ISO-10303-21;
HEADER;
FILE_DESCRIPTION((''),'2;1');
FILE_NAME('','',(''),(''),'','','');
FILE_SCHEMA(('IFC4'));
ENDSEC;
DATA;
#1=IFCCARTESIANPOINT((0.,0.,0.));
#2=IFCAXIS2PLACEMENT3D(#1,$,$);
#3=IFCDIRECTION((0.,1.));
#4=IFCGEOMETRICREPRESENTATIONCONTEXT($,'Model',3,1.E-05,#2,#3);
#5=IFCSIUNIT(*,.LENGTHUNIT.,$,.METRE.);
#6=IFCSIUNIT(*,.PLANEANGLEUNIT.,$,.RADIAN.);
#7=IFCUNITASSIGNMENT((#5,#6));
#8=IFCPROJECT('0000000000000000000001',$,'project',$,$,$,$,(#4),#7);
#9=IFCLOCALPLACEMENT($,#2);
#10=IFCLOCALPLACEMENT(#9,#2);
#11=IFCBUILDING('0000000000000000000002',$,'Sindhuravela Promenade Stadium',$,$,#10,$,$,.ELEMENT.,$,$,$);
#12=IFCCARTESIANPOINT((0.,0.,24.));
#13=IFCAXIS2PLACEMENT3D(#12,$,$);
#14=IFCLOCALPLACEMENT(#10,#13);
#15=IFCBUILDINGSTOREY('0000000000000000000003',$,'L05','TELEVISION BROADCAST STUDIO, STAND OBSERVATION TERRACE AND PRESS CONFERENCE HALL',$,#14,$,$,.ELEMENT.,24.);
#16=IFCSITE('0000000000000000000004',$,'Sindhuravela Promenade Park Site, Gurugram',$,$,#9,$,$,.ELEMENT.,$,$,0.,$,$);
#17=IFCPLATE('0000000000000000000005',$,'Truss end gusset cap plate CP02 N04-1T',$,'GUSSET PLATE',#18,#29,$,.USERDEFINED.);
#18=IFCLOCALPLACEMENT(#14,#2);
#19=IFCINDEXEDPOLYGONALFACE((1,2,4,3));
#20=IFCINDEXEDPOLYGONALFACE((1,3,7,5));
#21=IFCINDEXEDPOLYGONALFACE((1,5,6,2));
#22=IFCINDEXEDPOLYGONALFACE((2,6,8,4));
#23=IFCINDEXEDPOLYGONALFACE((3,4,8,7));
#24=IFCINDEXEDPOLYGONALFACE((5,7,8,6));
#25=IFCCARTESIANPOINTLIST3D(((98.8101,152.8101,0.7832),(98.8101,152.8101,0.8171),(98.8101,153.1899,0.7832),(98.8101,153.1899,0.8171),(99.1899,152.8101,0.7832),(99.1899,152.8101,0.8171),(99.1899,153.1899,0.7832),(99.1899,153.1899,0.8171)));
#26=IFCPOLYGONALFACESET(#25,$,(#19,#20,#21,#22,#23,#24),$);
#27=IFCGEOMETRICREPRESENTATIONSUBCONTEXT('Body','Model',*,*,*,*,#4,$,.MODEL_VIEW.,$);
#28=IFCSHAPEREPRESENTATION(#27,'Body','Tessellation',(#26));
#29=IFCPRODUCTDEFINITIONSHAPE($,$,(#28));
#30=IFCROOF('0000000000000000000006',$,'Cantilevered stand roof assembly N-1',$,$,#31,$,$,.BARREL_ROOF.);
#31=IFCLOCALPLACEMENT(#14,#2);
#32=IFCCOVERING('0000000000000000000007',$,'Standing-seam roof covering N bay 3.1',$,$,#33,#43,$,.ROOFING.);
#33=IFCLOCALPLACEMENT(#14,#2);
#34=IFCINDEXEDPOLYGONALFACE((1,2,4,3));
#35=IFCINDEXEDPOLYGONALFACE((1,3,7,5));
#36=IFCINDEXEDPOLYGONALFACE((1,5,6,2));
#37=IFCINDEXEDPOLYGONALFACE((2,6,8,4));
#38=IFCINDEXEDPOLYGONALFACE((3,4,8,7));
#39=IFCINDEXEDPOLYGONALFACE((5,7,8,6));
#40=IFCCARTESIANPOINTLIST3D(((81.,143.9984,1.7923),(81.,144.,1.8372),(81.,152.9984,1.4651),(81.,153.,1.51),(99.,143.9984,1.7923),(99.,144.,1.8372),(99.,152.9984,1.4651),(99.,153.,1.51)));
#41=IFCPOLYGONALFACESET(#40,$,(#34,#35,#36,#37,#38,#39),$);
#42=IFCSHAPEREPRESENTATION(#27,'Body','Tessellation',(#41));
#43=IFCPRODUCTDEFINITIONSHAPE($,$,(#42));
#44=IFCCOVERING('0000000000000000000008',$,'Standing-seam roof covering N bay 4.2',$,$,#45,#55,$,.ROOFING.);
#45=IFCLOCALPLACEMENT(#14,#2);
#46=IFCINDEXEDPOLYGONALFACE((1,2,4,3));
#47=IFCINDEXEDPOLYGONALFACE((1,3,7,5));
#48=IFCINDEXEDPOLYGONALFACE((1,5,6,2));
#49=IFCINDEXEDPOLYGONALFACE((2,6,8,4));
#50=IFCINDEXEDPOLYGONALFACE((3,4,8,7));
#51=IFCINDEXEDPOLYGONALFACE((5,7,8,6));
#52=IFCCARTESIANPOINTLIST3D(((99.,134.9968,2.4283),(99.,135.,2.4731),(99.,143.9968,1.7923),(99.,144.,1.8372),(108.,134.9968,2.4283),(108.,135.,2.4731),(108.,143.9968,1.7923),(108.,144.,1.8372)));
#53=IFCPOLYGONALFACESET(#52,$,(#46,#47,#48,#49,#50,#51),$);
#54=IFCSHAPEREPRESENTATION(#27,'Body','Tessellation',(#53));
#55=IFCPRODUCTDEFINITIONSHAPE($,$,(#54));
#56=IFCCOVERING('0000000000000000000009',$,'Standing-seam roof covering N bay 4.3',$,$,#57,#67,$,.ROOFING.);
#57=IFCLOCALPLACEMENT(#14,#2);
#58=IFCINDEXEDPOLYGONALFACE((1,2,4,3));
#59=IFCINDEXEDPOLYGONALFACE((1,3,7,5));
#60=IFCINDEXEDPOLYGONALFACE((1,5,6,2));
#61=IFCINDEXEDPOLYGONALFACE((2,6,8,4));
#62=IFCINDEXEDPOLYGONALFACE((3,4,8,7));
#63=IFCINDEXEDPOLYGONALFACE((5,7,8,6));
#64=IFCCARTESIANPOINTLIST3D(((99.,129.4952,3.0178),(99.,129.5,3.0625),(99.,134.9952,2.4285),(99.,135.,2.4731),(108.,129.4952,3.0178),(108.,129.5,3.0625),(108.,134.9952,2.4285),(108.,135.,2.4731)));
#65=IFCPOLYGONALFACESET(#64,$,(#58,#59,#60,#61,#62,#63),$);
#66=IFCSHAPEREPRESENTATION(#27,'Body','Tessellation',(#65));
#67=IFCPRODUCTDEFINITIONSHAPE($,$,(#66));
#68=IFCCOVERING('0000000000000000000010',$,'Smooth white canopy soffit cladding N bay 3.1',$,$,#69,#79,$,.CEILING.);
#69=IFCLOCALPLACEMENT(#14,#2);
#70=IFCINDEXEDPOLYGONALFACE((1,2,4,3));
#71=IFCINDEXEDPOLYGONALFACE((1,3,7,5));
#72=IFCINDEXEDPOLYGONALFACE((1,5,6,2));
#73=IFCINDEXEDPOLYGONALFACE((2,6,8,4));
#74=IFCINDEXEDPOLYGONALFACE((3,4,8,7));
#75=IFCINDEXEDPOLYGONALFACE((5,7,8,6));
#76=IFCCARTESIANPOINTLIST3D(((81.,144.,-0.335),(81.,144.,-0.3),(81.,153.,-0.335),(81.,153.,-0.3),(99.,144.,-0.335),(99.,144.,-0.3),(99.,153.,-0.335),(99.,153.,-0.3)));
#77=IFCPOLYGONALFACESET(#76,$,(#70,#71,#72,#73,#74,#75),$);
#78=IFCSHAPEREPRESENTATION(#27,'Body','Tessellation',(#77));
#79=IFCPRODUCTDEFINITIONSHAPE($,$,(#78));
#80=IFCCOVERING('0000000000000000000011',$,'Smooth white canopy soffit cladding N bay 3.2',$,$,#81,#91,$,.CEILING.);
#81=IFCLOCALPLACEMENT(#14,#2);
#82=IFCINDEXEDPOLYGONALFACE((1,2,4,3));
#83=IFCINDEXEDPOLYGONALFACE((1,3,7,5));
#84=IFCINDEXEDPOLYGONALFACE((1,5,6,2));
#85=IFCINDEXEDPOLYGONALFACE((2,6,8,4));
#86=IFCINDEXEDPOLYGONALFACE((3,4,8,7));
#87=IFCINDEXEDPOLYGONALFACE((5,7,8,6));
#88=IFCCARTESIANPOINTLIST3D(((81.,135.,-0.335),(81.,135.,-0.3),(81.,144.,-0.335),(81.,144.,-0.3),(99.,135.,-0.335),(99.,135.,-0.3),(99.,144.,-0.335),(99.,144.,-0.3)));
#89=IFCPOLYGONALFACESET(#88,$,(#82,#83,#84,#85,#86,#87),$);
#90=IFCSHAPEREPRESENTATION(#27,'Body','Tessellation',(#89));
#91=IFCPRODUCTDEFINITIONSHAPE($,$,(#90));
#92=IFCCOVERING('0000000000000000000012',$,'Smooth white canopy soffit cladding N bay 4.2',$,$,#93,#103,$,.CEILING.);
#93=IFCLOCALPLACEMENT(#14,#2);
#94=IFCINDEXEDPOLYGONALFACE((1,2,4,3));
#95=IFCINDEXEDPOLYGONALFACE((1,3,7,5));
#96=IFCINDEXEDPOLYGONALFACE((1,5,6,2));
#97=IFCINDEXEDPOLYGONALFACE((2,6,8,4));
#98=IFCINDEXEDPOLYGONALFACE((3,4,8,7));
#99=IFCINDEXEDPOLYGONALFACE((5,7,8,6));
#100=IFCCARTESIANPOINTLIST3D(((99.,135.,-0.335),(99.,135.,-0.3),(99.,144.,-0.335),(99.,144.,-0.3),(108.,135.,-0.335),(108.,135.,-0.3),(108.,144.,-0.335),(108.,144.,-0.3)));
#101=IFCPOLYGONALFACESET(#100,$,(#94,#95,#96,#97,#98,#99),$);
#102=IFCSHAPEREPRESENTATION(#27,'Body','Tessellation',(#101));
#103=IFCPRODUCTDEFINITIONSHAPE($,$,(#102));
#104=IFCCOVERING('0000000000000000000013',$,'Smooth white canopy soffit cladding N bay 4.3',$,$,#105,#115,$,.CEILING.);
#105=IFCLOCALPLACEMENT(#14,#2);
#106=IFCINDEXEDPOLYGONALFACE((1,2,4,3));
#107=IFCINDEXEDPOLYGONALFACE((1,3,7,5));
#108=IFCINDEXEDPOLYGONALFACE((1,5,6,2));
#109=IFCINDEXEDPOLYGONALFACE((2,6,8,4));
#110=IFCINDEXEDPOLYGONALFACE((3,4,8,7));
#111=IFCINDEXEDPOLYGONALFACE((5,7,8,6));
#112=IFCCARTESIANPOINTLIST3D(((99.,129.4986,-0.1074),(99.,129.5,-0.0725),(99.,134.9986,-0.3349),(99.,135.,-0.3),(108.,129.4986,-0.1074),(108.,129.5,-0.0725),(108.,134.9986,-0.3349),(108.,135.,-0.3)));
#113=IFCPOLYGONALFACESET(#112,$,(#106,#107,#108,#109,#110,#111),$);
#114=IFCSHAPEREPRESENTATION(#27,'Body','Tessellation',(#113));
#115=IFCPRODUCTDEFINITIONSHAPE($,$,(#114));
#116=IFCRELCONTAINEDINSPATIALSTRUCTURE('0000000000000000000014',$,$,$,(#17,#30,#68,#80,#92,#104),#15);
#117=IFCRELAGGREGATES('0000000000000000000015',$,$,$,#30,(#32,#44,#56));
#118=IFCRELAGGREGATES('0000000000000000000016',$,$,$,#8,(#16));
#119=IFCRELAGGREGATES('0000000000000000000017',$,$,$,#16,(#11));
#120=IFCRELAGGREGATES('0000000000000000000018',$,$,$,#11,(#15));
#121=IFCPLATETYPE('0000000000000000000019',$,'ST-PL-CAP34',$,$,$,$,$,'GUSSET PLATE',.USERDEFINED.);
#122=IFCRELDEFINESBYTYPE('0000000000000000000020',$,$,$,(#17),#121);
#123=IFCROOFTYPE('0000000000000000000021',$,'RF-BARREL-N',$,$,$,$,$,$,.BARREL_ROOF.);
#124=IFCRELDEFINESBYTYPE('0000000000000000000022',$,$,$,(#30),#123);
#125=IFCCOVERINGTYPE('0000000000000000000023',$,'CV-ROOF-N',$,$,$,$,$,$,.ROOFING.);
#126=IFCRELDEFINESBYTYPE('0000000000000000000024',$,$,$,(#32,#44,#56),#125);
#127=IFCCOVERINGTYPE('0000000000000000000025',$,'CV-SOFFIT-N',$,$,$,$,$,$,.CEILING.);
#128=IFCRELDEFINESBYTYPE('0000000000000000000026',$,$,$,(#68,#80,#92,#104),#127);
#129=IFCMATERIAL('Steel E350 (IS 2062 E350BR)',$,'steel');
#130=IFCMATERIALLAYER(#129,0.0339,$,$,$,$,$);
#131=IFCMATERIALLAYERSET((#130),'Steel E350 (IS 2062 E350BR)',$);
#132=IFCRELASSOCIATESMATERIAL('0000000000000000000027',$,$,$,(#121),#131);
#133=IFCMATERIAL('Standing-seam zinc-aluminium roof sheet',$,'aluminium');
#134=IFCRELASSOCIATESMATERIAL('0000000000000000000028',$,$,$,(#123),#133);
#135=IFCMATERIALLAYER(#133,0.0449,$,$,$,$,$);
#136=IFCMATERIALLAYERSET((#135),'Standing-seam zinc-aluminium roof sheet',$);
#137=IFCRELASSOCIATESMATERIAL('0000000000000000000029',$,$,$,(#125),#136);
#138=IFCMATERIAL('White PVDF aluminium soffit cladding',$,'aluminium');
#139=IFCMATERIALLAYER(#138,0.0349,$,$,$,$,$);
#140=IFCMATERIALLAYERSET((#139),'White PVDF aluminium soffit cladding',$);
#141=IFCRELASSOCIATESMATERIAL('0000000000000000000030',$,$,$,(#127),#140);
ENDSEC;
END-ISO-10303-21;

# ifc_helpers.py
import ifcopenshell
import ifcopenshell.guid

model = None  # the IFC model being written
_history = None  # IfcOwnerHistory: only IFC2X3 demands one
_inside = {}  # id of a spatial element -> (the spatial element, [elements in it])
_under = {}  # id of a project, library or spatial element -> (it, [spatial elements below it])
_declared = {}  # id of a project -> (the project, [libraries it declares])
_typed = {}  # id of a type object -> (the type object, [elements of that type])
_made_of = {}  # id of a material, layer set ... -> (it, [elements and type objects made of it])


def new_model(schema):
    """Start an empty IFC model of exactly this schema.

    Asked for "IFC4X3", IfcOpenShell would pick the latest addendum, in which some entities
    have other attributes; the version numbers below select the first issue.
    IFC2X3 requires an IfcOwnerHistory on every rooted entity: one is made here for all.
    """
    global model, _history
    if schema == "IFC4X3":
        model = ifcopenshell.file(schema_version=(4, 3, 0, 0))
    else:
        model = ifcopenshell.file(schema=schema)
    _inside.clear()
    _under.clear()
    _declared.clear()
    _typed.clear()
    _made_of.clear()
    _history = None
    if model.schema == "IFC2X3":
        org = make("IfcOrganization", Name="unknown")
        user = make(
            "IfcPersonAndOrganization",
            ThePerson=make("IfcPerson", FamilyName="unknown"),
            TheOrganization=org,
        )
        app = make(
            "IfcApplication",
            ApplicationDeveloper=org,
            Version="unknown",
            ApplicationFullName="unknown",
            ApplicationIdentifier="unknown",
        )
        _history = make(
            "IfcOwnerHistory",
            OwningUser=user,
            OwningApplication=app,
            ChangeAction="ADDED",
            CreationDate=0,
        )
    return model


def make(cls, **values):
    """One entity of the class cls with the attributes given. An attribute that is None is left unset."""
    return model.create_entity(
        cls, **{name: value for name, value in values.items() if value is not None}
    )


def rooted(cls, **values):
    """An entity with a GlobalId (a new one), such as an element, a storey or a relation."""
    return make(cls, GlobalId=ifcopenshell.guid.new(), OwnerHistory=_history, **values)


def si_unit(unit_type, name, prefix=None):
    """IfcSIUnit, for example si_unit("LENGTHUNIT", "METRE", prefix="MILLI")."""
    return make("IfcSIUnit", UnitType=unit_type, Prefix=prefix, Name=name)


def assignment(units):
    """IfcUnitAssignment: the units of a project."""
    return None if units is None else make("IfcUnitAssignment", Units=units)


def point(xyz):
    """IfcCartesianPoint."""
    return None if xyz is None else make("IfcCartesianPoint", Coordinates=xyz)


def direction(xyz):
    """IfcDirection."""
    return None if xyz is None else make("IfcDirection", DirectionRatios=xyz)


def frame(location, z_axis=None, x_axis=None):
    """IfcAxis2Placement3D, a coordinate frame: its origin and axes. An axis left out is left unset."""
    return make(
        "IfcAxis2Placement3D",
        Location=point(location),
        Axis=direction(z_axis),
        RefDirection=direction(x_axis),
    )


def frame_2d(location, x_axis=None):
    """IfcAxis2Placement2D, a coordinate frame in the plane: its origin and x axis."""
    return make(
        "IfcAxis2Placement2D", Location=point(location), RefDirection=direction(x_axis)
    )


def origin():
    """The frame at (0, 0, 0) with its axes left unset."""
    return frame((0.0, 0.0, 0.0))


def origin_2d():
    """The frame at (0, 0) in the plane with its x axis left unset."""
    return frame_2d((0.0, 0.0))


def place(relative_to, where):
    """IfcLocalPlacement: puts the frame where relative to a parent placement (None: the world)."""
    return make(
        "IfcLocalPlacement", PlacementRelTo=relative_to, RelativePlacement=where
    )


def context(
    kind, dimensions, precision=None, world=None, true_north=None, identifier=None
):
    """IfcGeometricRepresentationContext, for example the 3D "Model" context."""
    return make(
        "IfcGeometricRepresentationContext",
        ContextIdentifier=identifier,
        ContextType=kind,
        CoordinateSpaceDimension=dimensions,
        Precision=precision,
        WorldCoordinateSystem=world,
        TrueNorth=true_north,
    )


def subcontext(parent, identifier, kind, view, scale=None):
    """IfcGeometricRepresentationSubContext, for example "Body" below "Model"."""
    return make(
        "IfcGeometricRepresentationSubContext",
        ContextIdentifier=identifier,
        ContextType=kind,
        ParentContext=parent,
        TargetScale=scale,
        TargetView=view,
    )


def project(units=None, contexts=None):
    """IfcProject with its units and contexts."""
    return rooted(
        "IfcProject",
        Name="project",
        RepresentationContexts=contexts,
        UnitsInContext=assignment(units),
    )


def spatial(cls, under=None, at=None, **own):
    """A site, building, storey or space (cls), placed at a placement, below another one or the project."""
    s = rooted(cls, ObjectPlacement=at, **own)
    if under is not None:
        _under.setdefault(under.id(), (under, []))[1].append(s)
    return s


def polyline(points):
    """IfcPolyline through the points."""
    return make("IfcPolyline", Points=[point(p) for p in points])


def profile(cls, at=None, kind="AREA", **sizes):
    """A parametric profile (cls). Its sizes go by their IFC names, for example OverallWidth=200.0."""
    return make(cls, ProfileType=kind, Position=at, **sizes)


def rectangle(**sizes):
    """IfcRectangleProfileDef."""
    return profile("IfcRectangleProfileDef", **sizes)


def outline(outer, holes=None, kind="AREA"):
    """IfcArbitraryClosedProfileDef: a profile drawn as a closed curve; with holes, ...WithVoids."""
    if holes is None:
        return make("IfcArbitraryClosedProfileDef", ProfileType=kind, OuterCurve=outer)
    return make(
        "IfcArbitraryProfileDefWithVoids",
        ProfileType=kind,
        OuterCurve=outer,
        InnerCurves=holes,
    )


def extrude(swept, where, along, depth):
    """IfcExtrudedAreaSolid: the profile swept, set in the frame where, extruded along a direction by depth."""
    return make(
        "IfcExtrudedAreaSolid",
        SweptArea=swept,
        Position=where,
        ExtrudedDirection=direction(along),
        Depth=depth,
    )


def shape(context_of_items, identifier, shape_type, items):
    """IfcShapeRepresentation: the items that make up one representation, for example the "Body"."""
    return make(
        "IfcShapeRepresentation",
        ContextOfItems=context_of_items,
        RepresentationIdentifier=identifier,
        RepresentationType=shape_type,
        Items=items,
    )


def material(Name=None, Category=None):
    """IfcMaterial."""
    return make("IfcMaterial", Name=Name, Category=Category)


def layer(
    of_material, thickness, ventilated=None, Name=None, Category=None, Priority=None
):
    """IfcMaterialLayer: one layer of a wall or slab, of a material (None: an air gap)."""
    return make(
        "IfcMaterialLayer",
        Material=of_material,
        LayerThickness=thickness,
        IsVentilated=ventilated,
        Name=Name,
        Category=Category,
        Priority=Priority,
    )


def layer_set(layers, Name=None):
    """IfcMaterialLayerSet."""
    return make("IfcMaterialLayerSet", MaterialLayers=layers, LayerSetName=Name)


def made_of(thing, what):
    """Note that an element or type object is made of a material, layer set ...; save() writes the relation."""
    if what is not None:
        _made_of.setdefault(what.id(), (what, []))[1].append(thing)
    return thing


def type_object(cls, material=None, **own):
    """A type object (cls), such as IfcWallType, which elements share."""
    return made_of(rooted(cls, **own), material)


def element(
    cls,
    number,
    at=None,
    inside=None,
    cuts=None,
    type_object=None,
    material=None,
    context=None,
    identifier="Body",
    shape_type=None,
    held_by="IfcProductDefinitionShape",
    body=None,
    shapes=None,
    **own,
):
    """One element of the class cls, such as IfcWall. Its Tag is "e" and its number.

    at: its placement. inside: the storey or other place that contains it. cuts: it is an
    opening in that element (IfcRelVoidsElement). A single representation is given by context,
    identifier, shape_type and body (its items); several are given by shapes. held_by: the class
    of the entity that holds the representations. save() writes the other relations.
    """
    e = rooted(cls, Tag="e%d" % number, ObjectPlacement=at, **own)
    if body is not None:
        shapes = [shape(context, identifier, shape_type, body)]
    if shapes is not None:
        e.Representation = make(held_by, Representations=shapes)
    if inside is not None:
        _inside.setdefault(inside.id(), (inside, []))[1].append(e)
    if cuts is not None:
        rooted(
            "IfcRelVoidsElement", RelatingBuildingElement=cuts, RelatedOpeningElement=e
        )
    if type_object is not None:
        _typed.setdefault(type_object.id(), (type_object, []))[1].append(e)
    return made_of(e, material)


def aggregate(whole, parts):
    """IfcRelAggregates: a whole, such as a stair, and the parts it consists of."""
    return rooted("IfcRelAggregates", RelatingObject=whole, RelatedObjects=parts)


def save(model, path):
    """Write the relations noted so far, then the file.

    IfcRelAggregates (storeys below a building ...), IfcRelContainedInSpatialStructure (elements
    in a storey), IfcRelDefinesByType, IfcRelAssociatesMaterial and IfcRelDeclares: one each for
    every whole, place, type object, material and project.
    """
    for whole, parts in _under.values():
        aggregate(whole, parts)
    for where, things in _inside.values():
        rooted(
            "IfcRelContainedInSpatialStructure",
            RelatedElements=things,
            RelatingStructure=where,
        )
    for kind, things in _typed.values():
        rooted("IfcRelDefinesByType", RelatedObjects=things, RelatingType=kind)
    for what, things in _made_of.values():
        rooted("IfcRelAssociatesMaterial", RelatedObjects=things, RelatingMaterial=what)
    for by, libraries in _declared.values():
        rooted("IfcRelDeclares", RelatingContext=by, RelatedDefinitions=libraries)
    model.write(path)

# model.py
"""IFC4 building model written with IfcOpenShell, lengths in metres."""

from ifc_helpers import new_model, si_unit, direction, frame, origin, origin_2d, place, context, subcontext, project, spatial, polyline, rectangle, outline, extrude, material, layer, layer_set, type_object, element, aggregate, save


model = new_model("IFC4")

# Units and contexts
model_context = context("Model", 3, precision=1e-05, world=origin(), true_north=direction((0.0, 1.0)))
body_context = subcontext(model_context, "Body", "Model", "MODEL_VIEW")
ifc_project = project(units=[si_unit("LENGTHUNIT", "METRE"), si_unit("PLANEANGLEUNIT", "RADIAN")], contexts=[model_context])

# Site, building, storey
site_placement = place(None, origin())
site = spatial("IfcSite", under=ifc_project, at=site_placement, Name="Sindhuravela Promenade Park Site, Gurugram", CompositionType="ELEMENT", RefElevation=0.0)
building_placement = place(site_placement, origin())
building = spatial("IfcBuilding", under=site, at=building_placement, Name="Sindhuravela Promenade Stadium", CompositionType="ELEMENT")
storey_placement = place(building_placement, frame((0.0, 0.0, 24.0)))
storey = spatial("IfcBuildingStorey", under=building, at=storey_placement, Name="L05", Description="TELEVISION BROADCAST STUDIO, STAND OBSERVATION TERRACE AND PRESS CONFERENCE HALL", CompositionType="ELEMENT", Elevation=24.0)

# Shared definitions
ifc_material_1 = material(Name="Steel E350 (IS 2062 E350BR)", Category="steel")

# Plate
ifc_layer_1 = layer(ifc_material_1, 0.0339)
ifc_layer_set_1 = layer_set([ifc_layer_1], Name="Steel E350 (IS 2062 E350BR)")
plate_type_1 = type_object("IfcPlateType", Name="ST-PL-CAP34", ElementType="GUSSET PLATE", PredefinedType="USERDEFINED", material=ifc_layer_set_1)
for number, where, z_axis, x_axis, name in (
    (1, (99.0, 153.0, 0.7832), (0.0, 0.0, 1.0), (1.0, 0.0, 0.0), "Truss end gusset cap plate CP02 N04-1T"),
):
    element("IfcPlate", number, at=place(storey_placement, frame(where, z_axis=z_axis, x_axis=x_axis)), inside=storey, type_object=plate_type_1, Name=name, ObjectType="GUSSET PLATE", PredefinedType="USERDEFINED", context=body_context, shape_type="SweptSolid", body=[
        extrude(rectangle(XDim=0.3799, YDim=0.3799, at=origin_2d()), origin(), (0.0, 0.0, 1.0), 0.0339),
    ])

# Roof, coverings
ifc_material_2 = material(Name="Standing-seam zinc-aluminium roof sheet", Category="aluminium")
roof_type = type_object("IfcRoofType", Name="RF-BARREL-N", PredefinedType="BARREL_ROOF", material=ifc_material_2)
roof_placement = place(storey_placement, origin())
roof = element("IfcRoof", 2, at=roof_placement, inside=storey, type_object=roof_type, Name="Cantilevered stand roof assembly N-1", PredefinedType="BARREL_ROOF")
ifc_layer_2 = layer(ifc_material_2, 0.0449)
ifc_layer_set_2 = layer_set([ifc_layer_2], Name="Standing-seam zinc-aluminium roof sheet")
covering_type_1 = type_object("IfcCoveringType", Name="CV-ROOF-N", PredefinedType="ROOFING", material=ifc_layer_set_2)
covering_1_placement = place(storey_placement, frame((81.0, 153.0, 1.51), z_axis=(0.0, 0.036326, 0.99934), x_axis=(1.0, 0.0, 0.0)))
covering_1 = element("IfcCovering", 3, at=covering_1_placement, type_object=covering_type_1, Name="Standing-seam roof covering N bay 3.1", PredefinedType="ROOFING", context=body_context, shape_type="SweptSolid", body=[
    extrude(outline(polyline([(0.0, 0.0), (0.0, -9.0059), (18.0, -9.0059), (18.0, 0.0), (0.0, 0.0)])), origin(), (0.0, 0.0, -1.0), 0.0449),
])
covering_2_placement = place(storey_placement, frame((99.0, 144.0, 1.8372), z_axis=(0.0, 0.070489, 0.997513), x_axis=(1.0, 0.0, 0.0)))
covering_2 = element("IfcCovering", 4, at=covering_2_placement, type_object=covering_type_1, Name="Standing-seam roof covering N bay 4.2", PredefinedType="ROOFING", context=body_context, shape_type="SweptSolid", body=[
    extrude(outline(polyline([(0.0, 0.0), (0.0, -9.0224), (9.0, -9.0224), (9.0, 0.0), (0.0, 0.0)])), origin(), (0.0, 0.0, -1.0), 0.0449),
])
covering_3_placement = place(storey_placement, frame((99.0, 135.0, 2.4731), z_axis=(0.0, 0.106546, 0.994308), x_axis=(1.0, 0.0, 0.0)))
covering_3 = element("IfcCovering", 5, at=covering_3_placement, type_object=covering_type_1, Name="Standing-seam roof covering N bay 4.3", PredefinedType="ROOFING", context=body_context, shape_type="SweptSolid", body=[
    extrude(outline(polyline([(0.0, 0.0), (0.0, -5.5315), (9.0, -5.5315), (9.0, 0.0), (0.0, 0.0)])), origin(), (0.0, 0.0, -1.0), 0.0449),
])
aggregate(roof, [covering_1, covering_2, covering_3])

# Coverings
ifc_material_3 = material(Name="White PVDF aluminium soffit cladding", Category="aluminium")
ifc_layer_3 = layer(ifc_material_3, 0.0349)
ifc_layer_set_3 = layer_set([ifc_layer_3], Name="White PVDF aluminium soffit cladding")
covering_type_2 = type_object("IfcCoveringType", Name="CV-SOFFIT-N", PredefinedType="CEILING", material=ifc_layer_set_3)
for number, where, z_axis, x_axis, name in (
    (6, (81.0, 153.0, -0.3), (0.0, 0.0, 1.0), (1.0, 0.0, 0.0), "Smooth white canopy soffit cladding N bay 3.1"),
    (7, (81.0, 144.0, -0.3), (0.0, 0.0, 1.0), (1.0, 0.0, 0.0), "Smooth white canopy soffit cladding N bay 3.2"),
):
    element("IfcCovering", number, at=place(storey_placement, frame(where, z_axis=z_axis, x_axis=x_axis)), inside=storey, type_object=covering_type_2, Name=name, PredefinedType="CEILING", context=body_context, shape_type="SweptSolid", body=[
        extrude(outline(polyline([(0.0, 0.0), (0.0, -9.0), (18.0, -9.0), (18.0, 0.0), (0.0, 0.0)])), origin(), (0.0, 0.0, -1.0), 0.0349),
    ])
covering_4_placement = place(storey_placement, frame((99.0, 144.0, -0.3), z_axis=(0.0, 0.0, 1.0), x_axis=(1.0, 0.0, 0.0)))
element("IfcCovering", 8, at=covering_4_placement, inside=storey, type_object=covering_type_2, Name="Smooth white canopy soffit cladding N bay 4.2", PredefinedType="CEILING", context=body_context, shape_type="SweptSolid", body=[
    extrude(outline(polyline([(0.0, 0.0), (0.0, -9.0), (9.0, -9.0), (9.0, 0.0), (0.0, 0.0)])), origin(), (0.0, 0.0, -1.0), 0.0349),
])
covering_5_placement = place(storey_placement, frame((99.0, 135.0, -0.3), z_axis=(0.0, 0.041335, 0.999145), x_axis=(1.0, 0.0, 0.0)))
element("IfcCovering", 9, at=covering_5_placement, inside=storey, type_object=covering_type_2, Name="Smooth white canopy soffit cladding N bay 4.3", PredefinedType="CEILING", context=body_context, shape_type="SweptSolid", body=[
    extrude(outline(polyline([(0.0, 0.0), (0.0, -5.5047), (9.0, -5.5047), (9.0, 0.0), (0.0, 0.0)])), origin(), (0.0, 0.0, -1.0), 0.0349),
])

save(model, "model.ifc")
